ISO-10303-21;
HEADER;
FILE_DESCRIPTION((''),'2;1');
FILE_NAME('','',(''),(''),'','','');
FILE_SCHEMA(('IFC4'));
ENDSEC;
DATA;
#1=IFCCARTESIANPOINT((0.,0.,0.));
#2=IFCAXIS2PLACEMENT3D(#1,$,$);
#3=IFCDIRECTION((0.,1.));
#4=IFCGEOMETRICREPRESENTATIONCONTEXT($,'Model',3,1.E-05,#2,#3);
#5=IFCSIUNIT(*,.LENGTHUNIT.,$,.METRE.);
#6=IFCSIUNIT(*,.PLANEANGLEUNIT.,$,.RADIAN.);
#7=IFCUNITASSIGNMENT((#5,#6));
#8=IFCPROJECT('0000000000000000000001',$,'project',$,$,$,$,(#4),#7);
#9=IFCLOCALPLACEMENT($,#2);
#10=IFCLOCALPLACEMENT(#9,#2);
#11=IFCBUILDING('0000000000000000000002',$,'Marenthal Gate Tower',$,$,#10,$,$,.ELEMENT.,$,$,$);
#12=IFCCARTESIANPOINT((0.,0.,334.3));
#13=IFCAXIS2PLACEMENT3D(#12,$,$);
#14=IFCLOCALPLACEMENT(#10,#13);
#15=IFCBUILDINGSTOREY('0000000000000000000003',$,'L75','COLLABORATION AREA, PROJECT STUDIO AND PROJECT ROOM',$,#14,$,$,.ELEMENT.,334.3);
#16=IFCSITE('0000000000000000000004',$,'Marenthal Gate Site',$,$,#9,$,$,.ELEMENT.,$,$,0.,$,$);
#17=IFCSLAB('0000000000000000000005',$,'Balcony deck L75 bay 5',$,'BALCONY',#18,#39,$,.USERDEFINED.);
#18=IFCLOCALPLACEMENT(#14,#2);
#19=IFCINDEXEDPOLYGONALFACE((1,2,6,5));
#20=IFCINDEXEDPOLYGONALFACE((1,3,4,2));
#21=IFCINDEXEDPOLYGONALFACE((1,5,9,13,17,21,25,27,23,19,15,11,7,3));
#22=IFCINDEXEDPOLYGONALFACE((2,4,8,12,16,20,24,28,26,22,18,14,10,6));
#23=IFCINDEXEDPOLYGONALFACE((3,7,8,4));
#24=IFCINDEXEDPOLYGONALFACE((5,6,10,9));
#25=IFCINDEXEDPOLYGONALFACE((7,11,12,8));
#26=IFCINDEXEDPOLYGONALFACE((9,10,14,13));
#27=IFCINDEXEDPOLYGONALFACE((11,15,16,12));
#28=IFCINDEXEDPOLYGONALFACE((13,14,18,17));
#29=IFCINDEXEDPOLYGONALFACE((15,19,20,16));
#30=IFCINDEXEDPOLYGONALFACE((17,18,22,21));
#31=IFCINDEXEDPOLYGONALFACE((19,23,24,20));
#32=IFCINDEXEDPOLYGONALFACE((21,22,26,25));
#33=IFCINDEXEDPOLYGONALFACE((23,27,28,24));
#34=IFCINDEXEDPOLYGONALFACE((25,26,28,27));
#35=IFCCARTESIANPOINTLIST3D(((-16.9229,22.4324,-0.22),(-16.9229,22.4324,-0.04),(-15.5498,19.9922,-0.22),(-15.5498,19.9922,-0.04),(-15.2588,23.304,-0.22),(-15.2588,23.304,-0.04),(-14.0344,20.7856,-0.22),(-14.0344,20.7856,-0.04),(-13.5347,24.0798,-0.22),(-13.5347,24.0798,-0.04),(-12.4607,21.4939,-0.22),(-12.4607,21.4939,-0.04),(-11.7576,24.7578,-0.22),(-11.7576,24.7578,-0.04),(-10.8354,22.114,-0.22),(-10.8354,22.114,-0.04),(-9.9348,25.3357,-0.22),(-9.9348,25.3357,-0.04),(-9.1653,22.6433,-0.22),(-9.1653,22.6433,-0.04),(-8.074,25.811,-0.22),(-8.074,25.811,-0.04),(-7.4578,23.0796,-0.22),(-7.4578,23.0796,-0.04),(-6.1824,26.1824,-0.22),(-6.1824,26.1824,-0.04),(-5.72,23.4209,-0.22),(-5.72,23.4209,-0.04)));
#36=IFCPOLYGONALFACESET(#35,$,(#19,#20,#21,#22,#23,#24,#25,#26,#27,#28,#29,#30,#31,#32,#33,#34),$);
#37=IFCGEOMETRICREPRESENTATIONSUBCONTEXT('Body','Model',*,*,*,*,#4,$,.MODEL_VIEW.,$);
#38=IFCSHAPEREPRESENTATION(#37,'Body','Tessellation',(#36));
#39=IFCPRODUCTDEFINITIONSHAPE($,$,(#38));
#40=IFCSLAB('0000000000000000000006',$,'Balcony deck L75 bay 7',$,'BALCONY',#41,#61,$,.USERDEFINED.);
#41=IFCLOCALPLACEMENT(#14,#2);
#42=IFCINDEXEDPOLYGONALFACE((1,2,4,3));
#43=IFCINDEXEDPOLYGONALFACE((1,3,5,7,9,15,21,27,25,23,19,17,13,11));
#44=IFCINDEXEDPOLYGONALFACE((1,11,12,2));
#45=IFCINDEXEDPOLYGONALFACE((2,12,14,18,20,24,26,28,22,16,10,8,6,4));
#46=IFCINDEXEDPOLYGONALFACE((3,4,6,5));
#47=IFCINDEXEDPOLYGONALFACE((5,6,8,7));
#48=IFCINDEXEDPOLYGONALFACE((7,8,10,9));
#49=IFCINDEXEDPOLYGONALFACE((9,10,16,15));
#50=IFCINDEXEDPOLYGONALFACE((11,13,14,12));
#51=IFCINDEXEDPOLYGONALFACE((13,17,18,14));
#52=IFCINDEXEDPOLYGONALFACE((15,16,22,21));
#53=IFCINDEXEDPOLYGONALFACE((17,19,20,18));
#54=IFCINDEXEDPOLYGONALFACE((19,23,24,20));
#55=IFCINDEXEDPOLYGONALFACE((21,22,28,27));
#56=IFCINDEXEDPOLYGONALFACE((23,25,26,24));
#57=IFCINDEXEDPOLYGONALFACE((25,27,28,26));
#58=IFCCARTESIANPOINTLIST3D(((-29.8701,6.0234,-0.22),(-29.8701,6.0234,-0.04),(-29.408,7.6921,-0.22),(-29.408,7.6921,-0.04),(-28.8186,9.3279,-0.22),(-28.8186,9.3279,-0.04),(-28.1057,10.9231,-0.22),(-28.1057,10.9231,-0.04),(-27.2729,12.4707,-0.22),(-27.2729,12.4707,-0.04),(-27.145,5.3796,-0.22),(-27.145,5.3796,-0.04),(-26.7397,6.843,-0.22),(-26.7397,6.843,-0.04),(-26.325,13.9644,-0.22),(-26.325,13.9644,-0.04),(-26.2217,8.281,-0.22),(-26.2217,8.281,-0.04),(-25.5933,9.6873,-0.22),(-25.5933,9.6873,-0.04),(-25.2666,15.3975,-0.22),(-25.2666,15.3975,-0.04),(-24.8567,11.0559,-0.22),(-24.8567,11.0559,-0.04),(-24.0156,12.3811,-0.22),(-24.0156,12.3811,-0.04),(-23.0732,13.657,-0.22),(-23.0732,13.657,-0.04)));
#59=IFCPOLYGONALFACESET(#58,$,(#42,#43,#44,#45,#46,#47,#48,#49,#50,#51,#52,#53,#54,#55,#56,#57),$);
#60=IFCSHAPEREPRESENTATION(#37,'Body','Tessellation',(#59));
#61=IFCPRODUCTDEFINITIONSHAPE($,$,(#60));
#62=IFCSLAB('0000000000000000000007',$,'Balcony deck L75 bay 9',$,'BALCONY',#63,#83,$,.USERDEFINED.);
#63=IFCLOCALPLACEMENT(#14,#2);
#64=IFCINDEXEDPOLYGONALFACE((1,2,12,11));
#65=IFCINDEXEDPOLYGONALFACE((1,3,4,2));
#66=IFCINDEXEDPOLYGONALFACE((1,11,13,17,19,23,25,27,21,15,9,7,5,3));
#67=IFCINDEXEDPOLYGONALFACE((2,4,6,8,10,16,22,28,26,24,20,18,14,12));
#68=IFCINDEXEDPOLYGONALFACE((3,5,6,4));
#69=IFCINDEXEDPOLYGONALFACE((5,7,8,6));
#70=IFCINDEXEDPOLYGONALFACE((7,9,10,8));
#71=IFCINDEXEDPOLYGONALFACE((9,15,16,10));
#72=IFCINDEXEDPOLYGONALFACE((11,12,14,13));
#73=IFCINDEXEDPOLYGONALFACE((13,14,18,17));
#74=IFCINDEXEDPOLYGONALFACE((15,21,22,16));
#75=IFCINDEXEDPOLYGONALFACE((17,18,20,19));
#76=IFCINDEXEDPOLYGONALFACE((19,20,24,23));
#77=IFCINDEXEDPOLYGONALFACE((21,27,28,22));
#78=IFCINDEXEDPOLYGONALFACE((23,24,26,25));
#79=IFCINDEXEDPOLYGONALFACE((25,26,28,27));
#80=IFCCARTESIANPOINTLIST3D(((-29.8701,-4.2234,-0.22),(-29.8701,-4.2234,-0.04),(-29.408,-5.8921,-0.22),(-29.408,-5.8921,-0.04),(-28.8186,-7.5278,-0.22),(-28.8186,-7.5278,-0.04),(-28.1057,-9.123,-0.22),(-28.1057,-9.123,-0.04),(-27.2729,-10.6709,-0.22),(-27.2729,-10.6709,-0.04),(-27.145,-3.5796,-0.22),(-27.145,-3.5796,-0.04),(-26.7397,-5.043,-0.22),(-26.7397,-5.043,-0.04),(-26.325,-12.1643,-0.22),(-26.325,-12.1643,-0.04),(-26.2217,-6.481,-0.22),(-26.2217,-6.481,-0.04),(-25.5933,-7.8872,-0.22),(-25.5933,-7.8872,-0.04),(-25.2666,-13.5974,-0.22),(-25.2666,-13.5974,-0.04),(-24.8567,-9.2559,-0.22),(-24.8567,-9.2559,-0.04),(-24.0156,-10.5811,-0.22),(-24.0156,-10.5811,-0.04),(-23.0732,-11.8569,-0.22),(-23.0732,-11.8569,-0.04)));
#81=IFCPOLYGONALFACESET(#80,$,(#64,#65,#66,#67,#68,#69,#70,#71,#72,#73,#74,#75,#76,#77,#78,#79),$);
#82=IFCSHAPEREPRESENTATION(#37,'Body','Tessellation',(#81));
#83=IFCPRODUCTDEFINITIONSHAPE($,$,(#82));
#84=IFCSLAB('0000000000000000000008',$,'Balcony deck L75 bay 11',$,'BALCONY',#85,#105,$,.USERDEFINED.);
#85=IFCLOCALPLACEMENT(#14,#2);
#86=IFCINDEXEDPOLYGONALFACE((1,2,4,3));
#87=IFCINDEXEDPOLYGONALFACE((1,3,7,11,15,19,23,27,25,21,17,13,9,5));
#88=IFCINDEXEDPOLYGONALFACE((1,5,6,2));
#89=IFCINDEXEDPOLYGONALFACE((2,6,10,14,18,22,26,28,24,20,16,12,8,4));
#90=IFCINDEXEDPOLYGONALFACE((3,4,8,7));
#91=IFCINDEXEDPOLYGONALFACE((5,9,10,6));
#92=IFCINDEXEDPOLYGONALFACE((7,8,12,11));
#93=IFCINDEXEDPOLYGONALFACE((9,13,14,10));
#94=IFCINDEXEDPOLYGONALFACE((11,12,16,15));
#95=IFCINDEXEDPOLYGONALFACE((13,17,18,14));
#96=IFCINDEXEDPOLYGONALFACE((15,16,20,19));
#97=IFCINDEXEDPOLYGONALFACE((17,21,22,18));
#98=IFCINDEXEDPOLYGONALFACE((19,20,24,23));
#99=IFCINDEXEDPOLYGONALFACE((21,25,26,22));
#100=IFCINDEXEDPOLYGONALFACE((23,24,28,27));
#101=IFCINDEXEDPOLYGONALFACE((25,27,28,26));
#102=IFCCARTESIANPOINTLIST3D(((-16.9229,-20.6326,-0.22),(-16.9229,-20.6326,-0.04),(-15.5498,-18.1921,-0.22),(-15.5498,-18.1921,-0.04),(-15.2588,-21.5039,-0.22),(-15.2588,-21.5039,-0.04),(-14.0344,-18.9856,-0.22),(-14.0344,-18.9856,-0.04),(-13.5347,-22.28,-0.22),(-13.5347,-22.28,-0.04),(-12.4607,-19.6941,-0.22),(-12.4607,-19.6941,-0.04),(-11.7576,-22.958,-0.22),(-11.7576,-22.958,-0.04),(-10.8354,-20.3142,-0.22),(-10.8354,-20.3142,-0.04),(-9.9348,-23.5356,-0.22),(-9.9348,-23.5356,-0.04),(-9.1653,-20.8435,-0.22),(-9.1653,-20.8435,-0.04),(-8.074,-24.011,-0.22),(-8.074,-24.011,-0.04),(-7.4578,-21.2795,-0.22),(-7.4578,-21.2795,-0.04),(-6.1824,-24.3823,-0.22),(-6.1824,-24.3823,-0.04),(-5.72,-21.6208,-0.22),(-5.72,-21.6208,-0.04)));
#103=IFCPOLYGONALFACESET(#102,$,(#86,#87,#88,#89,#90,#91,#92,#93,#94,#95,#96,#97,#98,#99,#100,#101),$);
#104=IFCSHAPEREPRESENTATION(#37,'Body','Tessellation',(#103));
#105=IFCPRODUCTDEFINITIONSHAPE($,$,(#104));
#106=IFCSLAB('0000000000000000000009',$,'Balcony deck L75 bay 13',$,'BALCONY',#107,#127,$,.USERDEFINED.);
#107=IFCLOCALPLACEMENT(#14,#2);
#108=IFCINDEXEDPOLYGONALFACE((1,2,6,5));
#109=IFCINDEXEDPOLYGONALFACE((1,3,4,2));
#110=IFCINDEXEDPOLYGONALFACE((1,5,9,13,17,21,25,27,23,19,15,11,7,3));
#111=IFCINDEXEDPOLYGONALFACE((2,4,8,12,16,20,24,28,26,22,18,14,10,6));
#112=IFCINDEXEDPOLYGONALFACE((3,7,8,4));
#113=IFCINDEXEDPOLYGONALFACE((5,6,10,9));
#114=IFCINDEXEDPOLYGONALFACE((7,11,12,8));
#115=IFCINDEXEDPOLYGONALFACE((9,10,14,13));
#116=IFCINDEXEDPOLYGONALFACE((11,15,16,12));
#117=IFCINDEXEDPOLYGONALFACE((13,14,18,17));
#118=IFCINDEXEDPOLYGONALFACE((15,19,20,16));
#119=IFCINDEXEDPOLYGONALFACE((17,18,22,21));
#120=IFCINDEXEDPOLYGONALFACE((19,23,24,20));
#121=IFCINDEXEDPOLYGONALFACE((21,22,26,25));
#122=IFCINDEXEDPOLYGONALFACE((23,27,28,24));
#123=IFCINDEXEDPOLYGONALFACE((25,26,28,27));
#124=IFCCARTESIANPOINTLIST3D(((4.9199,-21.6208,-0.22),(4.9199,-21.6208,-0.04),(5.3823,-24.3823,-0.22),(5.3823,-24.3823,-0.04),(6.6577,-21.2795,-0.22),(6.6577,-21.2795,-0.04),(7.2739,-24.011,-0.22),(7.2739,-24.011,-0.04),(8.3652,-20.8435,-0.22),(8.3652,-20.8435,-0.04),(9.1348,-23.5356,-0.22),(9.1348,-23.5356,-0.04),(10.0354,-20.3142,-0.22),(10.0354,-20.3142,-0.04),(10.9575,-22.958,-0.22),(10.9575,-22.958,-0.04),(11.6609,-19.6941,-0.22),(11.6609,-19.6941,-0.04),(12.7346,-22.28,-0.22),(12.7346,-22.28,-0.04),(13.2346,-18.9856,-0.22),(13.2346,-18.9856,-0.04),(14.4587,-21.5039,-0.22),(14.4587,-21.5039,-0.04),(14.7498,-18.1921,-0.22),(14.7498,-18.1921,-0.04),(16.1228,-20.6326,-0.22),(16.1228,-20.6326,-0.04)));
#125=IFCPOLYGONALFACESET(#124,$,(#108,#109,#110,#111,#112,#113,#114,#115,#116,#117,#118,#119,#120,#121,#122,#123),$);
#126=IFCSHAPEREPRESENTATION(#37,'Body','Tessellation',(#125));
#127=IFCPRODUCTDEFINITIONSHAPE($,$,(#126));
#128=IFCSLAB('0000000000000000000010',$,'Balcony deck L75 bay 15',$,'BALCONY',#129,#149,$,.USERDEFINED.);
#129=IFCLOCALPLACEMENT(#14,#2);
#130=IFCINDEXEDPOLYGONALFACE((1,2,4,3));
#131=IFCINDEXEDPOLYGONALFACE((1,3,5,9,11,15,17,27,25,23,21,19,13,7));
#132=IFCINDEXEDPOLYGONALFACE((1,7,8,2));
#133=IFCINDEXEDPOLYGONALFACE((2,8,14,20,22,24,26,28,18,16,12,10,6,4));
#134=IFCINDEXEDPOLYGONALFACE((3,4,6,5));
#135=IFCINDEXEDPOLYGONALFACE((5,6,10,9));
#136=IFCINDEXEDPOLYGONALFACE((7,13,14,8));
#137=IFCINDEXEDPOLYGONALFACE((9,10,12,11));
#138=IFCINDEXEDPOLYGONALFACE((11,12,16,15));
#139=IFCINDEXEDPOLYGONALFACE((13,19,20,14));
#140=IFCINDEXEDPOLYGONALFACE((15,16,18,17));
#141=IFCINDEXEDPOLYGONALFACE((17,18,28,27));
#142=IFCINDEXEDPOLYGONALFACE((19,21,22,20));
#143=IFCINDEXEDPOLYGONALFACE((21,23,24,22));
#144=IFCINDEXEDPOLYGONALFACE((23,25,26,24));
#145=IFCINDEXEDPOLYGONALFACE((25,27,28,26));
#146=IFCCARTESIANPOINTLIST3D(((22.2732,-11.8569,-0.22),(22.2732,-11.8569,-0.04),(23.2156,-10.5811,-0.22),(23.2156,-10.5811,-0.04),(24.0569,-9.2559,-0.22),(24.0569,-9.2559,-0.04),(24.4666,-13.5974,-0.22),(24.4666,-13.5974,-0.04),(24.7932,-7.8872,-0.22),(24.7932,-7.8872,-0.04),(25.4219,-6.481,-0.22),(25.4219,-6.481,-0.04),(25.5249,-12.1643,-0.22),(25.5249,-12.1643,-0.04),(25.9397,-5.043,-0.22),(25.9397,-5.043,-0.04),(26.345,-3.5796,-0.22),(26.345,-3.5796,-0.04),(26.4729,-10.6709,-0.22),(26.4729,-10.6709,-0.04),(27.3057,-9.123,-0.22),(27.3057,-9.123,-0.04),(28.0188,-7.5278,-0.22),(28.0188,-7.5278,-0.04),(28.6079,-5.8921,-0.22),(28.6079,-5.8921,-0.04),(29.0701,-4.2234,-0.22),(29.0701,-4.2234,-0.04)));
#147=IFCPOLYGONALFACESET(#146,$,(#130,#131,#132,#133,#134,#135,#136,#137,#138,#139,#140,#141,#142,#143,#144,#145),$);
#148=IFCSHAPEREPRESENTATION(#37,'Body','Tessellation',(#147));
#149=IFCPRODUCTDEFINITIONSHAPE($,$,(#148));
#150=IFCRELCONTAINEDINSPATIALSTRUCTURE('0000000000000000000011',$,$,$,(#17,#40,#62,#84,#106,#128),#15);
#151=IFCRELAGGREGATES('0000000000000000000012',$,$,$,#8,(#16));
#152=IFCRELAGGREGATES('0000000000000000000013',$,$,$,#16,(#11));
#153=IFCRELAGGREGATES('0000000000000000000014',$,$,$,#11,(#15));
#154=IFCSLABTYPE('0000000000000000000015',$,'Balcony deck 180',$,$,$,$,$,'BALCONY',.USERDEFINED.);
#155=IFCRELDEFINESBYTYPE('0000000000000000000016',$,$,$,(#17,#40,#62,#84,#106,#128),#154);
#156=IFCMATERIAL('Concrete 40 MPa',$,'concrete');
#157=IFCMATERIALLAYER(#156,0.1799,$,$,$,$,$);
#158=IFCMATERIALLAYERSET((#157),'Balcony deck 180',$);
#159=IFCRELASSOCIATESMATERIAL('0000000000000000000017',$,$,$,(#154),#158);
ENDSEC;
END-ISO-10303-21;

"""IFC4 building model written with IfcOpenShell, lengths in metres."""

from ifc_helpers import new_model, si_unit, direction, frame, origin, place, context, subcontext, project, spatial, polyline, outline, extrude, material, layer, layer_set, type_object, element, save


model = new_model("IFC4")

# Units and contexts
model_context = context("Model", 3, precision=1e-05, world=origin(), true_north=direction((0.0, 1.0)))
body_context = subcontext(model_context, "Body", "Model", "MODEL_VIEW")
ifc_project = project(units=[si_unit("LENGTHUNIT", "METRE"), si_unit("PLANEANGLEUNIT", "RADIAN")], contexts=[model_context])

# Site, building, storey
site_placement = place(None, origin())
site = spatial("IfcSite", under=ifc_project, at=site_placement, Name="Marenthal Gate Site", CompositionType="ELEMENT", RefElevation=0.0)
building_placement = place(site_placement, origin())
building = spatial("IfcBuilding", under=site, at=building_placement, Name="Marenthal Gate Tower", CompositionType="ELEMENT")
storey_placement = place(building_placement, frame((0.0, 0.0, 334.3)))
storey = spatial("IfcBuildingStorey", under=building, at=storey_placement, Name="L75", Description="COLLABORATION AREA, PROJECT STUDIO AND PROJECT ROOM", CompositionType="ELEMENT", Elevation=334.3)

# Slabs
ifc_material_1 = material(Name="Concrete 40 MPa", Category="concrete")
ifc_layer_1 = layer(ifc_material_1, 0.1799)
ifc_layer_set_1 = layer_set([ifc_layer_1], Name="Balcony deck 180")
slab_type_1 = type_object("IfcSlabType", Name="Balcony deck 180", ElementType="BALCONY", PredefinedType="USERDEFINED", material=ifc_layer_set_1)
slab_1_placement = place(storey_placement, frame((0.0, 0.0, -0.22)))
element("IfcSlab", 1, at=slab_1_placement, inside=storey, type_object=slab_type_1, Name="Balcony deck L75 bay 5", ObjectType="BALCONY", PredefinedType="USERDEFINED", context=body_context, shape_type="SweptSolid", body=[
    extrude(outline(polyline([(-5.72, 23.4209), (-7.4578, 23.0796), (-9.1653, 22.6433), (-10.8354, 22.114), (-12.4607, 21.4939), (-14.0344, 20.7856), (-15.5498, 19.9922), (-16.9229, 22.4324), (-15.2588, 23.304), (-13.5347, 24.0798), (-11.7576, 24.7578), (-9.9348, 25.3357), (-8.074, 25.811), (-6.1824, 26.1824), (-5.72, 23.4209)])), origin(), (0.0, 0.0, 1.0), 0.1799),
])
slab_2_placement = place(storey_placement, frame((0.0, 0.0, -0.22)))
element("IfcSlab", 2, at=slab_2_placement, inside=storey, type_object=slab_type_1, Name="Balcony deck L75 bay 7", ObjectType="BALCONY", PredefinedType="USERDEFINED", context=body_context, shape_type="SweptSolid", body=[
    extrude(outline(polyline([(-23.0732, 13.657), (-24.0156, 12.3811), (-24.8567, 11.0559), (-25.5933, 9.6873), (-26.2217, 8.281), (-26.7397, 6.843), (-27.145, 5.3796), (-29.8701, 6.0234), (-29.408, 7.6921), (-28.8186, 9.3279), (-28.1057, 10.9231), (-27.2729, 12.4707), (-26.325, 13.9644), (-25.2666, 15.3975), (-23.0732, 13.657)])), origin(), (0.0, 0.0, 1.0), 0.1799),
])
slab_3_placement = place(storey_placement, frame((0.0, 0.0, -0.22)))
element("IfcSlab", 3, at=slab_3_placement, inside=storey, type_object=slab_type_1, Name="Balcony deck L75 bay 9", ObjectType="BALCONY", PredefinedType="USERDEFINED", context=body_context, shape_type="SweptSolid", body=[
    extrude(outline(polyline([(-27.145, -3.5796), (-26.7397, -5.043), (-26.2217, -6.481), (-25.5933, -7.8872), (-24.8567, -9.2559), (-24.0156, -10.5811), (-23.0732, -11.8569), (-25.2666, -13.5974), (-26.325, -12.1643), (-27.2729, -10.6709), (-28.1057, -9.123), (-28.8186, -7.5278), (-29.408, -5.8921), (-29.8701, -4.2234), (-27.145, -3.5796)])), origin(), (0.0, 0.0, 1.0), 0.1799),
])
slab_4_placement = place(storey_placement, frame((0.0, 0.0, -0.22)))
element("IfcSlab", 4, at=slab_4_placement, inside=storey, type_object=slab_type_1, Name="Balcony deck L75 bay 11", ObjectType="BALCONY", PredefinedType="USERDEFINED", context=body_context, shape_type="SweptSolid", body=[
    extrude(outline(polyline([(-15.5498, -18.1921), (-14.0344, -18.9856), (-12.4607, -19.6941), (-10.8354, -20.3142), (-9.1653, -20.8435), (-7.4578, -21.2795), (-5.72, -21.6208), (-6.1824, -24.3823), (-8.074, -24.011), (-9.9348, -23.5356), (-11.7576, -22.958), (-13.5347, -22.28), (-15.2588, -21.5039), (-16.9229, -20.6326), (-15.5498, -18.1921)])), origin(), (0.0, 0.0, 1.0), 0.1799),
])
slab_5_placement = place(storey_placement, frame((0.0, 0.0, -0.22)))
element("IfcSlab", 5, at=slab_5_placement, inside=storey, type_object=slab_type_1, Name="Balcony deck L75 bay 13", ObjectType="BALCONY", PredefinedType="USERDEFINED", context=body_context, shape_type="SweptSolid", body=[
    extrude(outline(polyline([(4.9199, -21.6208), (6.6577, -21.2795), (8.3652, -20.8435), (10.0354, -20.3142), (11.6609, -19.6941), (13.2346, -18.9856), (14.7498, -18.1921), (16.1228, -20.6326), (14.4587, -21.5039), (12.7346, -22.28), (10.9575, -22.958), (9.1348, -23.5356), (7.2739, -24.011), (5.3823, -24.3823), (4.9199, -21.6208)])), origin(), (0.0, 0.0, 1.0), 0.1799),
])
slab_6_placement = place(storey_placement, frame((0.0, 0.0, -0.22)))
element("IfcSlab", 6, at=slab_6_placement, inside=storey, type_object=slab_type_1, Name="Balcony deck L75 bay 15", ObjectType="BALCONY", PredefinedType="USERDEFINED", context=body_context, shape_type="SweptSolid", body=[
    extrude(outline(polyline([(22.2732, -11.8569), (23.2156, -10.5811), (24.0569, -9.2559), (24.7932, -7.8872), (25.4219, -6.481), (25.9397, -5.043), (26.345, -3.5796), (29.0701, -4.2234), (28.6079, -5.8921), (28.0188, -7.5278), (27.3057, -9.123), (26.4729, -10.6709), (25.5249, -12.1643), (24.4666, -13.5974), (22.2732, -11.8569)])), origin(), (0.0, 0.0, 1.0), 0.1799),
])

save(model, "model.ifc")
